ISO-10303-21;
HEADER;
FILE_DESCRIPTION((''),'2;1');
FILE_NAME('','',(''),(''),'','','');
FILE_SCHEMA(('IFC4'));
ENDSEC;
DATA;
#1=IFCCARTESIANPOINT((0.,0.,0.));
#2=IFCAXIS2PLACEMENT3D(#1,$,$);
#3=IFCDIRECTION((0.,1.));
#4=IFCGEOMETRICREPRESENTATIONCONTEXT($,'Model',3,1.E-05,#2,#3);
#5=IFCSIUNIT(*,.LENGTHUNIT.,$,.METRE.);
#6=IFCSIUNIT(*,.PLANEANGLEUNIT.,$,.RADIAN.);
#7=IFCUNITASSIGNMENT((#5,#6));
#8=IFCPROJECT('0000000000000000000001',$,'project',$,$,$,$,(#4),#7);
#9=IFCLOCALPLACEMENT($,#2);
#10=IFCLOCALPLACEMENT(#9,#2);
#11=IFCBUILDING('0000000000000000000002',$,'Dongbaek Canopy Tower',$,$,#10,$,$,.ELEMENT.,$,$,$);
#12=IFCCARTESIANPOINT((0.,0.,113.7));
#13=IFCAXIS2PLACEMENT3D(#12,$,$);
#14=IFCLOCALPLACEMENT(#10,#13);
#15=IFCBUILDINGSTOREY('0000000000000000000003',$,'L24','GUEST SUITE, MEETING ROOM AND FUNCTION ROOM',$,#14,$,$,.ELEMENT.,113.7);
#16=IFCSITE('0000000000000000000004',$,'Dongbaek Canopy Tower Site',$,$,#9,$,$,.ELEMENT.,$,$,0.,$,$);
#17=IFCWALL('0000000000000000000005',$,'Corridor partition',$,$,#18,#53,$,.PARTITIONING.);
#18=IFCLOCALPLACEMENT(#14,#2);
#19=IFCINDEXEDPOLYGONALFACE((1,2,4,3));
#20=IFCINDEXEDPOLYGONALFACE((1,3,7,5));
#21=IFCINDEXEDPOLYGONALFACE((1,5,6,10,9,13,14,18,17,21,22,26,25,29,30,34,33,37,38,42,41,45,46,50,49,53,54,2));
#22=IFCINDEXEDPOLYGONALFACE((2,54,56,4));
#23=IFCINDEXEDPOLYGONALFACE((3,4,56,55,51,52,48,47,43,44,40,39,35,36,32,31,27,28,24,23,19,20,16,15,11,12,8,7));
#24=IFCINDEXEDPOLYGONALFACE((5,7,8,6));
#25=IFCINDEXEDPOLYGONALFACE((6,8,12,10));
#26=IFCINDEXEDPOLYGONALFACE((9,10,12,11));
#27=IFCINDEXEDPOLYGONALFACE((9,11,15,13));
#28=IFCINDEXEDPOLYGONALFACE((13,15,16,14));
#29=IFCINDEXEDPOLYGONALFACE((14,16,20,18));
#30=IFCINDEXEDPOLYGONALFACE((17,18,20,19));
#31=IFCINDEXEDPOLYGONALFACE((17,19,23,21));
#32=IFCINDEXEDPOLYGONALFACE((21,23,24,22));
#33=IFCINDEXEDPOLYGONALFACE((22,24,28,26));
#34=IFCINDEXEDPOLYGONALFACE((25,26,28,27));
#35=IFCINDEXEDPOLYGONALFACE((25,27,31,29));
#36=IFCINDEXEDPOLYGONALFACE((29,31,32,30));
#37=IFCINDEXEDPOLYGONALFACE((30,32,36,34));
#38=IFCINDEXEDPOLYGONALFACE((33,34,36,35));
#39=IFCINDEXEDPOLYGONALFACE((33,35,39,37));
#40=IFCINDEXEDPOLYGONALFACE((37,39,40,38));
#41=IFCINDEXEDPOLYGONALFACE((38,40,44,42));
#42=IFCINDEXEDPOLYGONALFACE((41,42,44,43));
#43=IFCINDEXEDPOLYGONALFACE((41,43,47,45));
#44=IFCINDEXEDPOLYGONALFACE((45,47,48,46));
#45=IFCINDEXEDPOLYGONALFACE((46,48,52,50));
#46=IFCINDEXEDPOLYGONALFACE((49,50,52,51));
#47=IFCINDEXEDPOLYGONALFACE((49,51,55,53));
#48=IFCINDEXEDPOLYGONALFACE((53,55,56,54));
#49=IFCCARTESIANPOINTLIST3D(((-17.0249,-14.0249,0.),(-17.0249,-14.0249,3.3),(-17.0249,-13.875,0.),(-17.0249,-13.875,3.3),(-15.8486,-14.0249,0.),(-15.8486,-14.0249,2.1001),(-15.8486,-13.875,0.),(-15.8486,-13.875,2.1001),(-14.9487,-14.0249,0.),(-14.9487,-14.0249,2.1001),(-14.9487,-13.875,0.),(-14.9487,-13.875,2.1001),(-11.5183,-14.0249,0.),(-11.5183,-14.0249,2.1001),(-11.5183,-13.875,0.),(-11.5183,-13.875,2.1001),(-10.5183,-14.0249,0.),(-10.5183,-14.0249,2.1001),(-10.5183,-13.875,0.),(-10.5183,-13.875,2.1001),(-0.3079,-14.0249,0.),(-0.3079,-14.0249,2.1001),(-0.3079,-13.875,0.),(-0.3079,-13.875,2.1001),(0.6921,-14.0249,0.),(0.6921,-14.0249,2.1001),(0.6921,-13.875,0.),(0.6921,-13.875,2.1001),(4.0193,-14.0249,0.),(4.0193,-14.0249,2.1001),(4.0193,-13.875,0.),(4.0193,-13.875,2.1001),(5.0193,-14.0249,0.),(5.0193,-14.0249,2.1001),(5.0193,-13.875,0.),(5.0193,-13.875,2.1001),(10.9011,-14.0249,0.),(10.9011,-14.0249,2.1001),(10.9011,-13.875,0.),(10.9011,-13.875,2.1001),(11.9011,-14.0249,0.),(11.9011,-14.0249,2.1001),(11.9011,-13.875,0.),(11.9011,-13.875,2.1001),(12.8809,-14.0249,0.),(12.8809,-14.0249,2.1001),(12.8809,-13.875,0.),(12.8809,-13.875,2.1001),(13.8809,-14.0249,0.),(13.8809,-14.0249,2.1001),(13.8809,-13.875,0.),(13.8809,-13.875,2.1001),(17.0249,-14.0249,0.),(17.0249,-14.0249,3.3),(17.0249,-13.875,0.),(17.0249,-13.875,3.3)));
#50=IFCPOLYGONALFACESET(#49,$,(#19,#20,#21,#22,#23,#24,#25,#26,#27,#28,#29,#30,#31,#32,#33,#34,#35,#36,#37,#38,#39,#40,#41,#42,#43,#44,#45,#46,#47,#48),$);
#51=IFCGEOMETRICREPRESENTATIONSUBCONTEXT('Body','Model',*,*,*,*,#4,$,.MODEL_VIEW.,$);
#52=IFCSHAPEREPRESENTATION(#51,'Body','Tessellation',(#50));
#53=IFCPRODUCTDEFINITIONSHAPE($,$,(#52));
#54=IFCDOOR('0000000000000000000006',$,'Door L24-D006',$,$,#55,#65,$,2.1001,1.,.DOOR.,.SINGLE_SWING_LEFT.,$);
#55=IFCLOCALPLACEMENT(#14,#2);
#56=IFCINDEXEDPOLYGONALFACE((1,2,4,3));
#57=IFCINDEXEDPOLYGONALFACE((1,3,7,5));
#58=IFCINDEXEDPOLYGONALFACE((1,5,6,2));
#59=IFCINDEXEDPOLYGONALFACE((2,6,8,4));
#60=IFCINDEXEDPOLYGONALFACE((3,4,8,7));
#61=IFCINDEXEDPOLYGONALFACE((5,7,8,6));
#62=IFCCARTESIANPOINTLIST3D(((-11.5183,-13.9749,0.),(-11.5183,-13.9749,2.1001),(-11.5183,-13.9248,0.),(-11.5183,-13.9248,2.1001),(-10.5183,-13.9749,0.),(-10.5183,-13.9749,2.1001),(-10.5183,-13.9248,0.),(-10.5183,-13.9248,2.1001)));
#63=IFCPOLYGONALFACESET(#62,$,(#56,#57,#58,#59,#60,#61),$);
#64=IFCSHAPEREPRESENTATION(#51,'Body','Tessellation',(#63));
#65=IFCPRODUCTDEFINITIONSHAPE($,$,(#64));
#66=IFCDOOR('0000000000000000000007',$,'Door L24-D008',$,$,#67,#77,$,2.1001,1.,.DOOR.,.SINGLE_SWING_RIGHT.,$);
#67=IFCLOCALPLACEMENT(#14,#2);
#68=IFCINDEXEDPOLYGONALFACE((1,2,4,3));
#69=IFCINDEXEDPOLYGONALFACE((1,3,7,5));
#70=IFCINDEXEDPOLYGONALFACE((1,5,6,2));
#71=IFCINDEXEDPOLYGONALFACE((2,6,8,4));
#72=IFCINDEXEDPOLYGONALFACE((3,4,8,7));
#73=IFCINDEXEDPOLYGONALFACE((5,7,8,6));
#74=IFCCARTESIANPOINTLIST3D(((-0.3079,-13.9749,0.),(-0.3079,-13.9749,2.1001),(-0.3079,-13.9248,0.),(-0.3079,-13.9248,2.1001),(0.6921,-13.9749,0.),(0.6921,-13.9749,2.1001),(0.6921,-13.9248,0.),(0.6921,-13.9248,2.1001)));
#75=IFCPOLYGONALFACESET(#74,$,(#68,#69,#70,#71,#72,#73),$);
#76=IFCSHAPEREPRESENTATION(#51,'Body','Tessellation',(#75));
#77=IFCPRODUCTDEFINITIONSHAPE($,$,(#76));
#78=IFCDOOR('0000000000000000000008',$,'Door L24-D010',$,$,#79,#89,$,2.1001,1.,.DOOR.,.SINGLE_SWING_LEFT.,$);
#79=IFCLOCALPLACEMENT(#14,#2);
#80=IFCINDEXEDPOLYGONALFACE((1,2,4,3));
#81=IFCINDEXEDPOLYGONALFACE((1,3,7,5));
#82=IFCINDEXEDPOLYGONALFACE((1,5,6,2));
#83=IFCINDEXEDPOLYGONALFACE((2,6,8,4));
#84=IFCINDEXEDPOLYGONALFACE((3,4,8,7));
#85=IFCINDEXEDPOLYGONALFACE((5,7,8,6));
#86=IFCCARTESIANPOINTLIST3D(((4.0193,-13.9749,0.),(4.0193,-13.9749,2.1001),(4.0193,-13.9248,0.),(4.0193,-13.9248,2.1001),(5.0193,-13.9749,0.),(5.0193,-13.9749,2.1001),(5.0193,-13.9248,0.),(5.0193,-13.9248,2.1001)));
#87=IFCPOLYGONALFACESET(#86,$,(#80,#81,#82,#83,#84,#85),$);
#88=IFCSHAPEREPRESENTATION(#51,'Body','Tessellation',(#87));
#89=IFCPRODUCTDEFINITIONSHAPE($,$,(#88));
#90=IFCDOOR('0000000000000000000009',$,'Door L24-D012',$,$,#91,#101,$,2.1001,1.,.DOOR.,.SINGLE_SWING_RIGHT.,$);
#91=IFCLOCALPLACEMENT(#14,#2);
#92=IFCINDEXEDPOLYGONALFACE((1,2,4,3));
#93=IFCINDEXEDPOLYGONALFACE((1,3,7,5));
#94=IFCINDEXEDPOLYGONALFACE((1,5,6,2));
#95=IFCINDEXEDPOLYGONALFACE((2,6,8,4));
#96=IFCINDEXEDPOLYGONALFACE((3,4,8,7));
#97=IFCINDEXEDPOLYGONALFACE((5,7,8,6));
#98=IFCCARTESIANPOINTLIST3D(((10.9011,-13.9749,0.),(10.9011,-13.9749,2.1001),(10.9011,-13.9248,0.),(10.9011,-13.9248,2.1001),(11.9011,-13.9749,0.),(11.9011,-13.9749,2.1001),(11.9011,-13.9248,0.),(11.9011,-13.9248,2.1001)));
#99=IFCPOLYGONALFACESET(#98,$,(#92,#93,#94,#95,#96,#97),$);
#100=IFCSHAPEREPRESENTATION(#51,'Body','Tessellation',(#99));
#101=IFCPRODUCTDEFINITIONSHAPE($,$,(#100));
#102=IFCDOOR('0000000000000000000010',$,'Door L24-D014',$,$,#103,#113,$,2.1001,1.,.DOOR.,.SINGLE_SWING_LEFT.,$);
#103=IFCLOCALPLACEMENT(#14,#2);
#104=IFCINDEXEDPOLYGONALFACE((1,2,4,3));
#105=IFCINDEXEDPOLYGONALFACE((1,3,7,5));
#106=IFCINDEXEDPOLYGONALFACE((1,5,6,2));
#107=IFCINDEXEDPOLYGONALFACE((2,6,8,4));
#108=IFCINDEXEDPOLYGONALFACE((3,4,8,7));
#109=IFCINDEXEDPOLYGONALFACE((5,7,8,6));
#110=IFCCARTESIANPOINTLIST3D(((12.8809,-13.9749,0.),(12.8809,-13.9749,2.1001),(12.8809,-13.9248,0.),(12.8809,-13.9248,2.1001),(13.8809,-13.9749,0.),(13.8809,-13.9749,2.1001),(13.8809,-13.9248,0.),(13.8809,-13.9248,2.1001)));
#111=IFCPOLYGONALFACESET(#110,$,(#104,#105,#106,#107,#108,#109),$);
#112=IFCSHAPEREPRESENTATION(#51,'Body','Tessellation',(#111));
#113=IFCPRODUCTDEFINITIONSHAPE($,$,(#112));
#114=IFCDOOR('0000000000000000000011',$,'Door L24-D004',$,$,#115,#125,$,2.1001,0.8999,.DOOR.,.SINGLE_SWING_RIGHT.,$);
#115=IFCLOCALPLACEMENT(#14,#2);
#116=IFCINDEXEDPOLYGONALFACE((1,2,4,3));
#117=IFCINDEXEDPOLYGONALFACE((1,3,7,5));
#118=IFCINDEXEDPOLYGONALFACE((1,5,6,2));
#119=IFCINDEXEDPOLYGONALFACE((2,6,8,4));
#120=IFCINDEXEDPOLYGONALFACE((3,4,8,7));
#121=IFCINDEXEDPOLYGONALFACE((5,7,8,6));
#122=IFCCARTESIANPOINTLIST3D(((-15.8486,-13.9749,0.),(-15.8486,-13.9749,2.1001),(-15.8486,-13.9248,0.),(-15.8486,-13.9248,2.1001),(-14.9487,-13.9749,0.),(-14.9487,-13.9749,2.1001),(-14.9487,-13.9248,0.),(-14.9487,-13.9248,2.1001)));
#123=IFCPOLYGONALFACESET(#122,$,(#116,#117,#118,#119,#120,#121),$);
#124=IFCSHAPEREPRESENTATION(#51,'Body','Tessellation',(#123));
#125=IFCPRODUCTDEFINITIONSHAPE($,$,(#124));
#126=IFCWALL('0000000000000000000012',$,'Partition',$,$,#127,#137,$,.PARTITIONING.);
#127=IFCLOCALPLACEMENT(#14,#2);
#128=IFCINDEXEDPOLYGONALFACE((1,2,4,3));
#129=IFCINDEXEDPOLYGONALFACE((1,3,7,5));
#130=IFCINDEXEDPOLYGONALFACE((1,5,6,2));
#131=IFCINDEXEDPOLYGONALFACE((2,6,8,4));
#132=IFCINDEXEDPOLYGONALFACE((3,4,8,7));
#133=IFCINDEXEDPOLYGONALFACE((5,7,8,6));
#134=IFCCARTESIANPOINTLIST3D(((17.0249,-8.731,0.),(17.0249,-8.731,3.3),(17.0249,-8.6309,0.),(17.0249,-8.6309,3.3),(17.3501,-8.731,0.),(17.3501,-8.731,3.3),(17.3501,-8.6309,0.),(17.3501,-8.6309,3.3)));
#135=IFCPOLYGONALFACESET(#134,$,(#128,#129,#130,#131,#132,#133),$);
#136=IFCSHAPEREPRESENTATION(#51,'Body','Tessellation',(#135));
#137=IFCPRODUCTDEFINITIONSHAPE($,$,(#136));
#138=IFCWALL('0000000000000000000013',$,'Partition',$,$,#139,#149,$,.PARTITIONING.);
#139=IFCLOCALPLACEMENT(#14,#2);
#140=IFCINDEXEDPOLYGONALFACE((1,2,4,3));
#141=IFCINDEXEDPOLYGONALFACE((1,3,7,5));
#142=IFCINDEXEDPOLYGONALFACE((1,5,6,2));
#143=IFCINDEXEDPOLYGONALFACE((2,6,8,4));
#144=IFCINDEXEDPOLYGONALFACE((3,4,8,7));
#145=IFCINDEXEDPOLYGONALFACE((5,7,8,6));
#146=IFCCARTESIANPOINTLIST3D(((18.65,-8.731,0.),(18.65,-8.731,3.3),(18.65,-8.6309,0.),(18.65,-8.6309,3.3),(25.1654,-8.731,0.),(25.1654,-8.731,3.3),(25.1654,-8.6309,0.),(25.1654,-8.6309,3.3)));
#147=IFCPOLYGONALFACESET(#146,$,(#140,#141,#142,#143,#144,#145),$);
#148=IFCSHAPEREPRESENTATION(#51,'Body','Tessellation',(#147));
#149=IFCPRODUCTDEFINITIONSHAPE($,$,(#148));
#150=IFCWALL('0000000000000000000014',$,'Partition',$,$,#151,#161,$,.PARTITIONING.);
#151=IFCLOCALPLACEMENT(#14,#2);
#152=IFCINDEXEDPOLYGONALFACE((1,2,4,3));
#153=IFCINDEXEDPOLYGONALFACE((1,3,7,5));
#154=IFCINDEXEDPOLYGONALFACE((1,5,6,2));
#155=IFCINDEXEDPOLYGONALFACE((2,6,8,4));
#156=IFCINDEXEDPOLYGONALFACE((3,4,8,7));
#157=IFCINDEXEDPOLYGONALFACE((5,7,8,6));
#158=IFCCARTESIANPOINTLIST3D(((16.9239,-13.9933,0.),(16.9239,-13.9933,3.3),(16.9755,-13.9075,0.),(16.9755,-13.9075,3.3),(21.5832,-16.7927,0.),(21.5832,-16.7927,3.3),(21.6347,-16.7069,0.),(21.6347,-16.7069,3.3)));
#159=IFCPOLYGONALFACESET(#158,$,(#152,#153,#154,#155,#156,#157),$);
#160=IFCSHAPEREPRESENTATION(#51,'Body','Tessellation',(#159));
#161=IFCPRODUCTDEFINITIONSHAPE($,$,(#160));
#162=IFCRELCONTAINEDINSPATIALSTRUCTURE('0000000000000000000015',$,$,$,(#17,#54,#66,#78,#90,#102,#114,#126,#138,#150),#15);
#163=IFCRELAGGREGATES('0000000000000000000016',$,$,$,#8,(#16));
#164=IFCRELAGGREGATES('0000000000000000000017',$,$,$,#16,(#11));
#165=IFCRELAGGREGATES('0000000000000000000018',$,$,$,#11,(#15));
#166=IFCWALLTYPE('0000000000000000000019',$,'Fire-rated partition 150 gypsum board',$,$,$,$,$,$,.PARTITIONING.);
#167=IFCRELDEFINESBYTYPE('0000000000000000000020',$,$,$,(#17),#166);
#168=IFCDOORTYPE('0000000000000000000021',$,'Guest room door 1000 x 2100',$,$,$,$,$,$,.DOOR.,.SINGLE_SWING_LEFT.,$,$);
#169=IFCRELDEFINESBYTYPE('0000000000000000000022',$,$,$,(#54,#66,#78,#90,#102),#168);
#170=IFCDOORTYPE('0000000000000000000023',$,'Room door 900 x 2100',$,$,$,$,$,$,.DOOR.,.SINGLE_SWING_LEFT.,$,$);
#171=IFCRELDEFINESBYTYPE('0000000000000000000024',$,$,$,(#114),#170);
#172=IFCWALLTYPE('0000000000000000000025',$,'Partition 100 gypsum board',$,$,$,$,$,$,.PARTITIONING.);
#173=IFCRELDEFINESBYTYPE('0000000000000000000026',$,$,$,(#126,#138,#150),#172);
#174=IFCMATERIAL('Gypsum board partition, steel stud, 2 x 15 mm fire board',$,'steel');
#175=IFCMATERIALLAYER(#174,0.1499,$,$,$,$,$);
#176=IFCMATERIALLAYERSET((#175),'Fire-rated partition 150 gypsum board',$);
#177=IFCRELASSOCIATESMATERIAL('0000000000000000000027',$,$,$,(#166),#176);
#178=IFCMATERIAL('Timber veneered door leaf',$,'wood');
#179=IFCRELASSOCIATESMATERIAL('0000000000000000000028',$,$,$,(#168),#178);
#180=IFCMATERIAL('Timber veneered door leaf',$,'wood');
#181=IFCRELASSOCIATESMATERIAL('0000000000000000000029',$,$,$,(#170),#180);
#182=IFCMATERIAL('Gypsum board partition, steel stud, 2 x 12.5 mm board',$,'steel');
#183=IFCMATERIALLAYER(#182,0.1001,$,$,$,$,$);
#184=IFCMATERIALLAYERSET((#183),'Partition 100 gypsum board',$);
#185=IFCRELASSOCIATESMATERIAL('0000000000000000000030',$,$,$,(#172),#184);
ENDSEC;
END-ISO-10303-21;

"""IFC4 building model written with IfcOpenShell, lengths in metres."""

from ifc_helpers import new_model, si_unit, direction, frame, frame_2d, origin, place, context, subcontext, project, spatial, rectangle, extrude, material, layer, layer_set, type_object, element, fill, save


model = new_model("IFC4")

# Units and contexts
model_context = context("Model", 3, precision=1e-05, world=origin(), true_north=direction((0.0, 1.0)))
body_context = subcontext(model_context, "Body", "Model", "MODEL_VIEW")
ifc_project = project(units=[si_unit("LENGTHUNIT", "METRE"), si_unit("PLANEANGLEUNIT", "RADIAN")], contexts=[model_context])

# Site, building, storey
site_placement = place(None, origin())
site = spatial("IfcSite", under=ifc_project, at=site_placement, Name="Dongbaek Canopy Tower Site", CompositionType="ELEMENT", RefElevation=0.0)
building_placement = place(site_placement, origin())
building = spatial("IfcBuilding", under=site, at=building_placement, Name="Dongbaek Canopy Tower", CompositionType="ELEMENT")
storey_placement = place(building_placement, frame((0.0, 0.0, 113.7)))
storey = spatial("IfcBuildingStorey", under=building, at=storey_placement, Name="L24", Description="GUEST SUITE, MEETING ROOM AND FUNCTION ROOM", CompositionType="ELEMENT", Elevation=113.7)

# Wall, openings, doors
ifc_material_1 = material(Name="Gypsum board partition, steel stud, 2 x 15 mm fire board", Category="steel")
ifc_layer_1 = layer(ifc_material_1, 0.1499)
ifc_layer_set_1 = layer_set([ifc_layer_1], Name="Fire-rated partition 150 gypsum board")
wall_type_1 = type_object("IfcWallType", Name="Fire-rated partition 150 gypsum board", PredefinedType="PARTITIONING", material=ifc_layer_set_1)
wall_1_placement = place(storey_placement, frame((17.0249, -13.95, 0.0), z_axis=(0.0, 0.0, 1.0), x_axis=(-1.0, 0.0, 0.0)))
wall_1 = element("IfcWall", 1, at=wall_1_placement, inside=storey, type_object=wall_type_1, Name="Corridor partition", PredefinedType="PARTITIONING", context=body_context, shape_type="SweptSolid", body=[
    extrude(rectangle(XDim=34.0498, YDim=0.1499, at=frame_2d((17.0249, 0.0))), origin(), (0.0, 0.0, 1.0), 3.3),
])
opening_1_placement = place(wall_1_placement, frame((31.9736, 0.0, 0.0)))
opening_1 = element("IfcOpeningElement", 2, at=opening_1_placement, cuts=wall_1, PredefinedType="OPENING", context=body_context, shape_type="SweptSolid", body=[
    extrude(rectangle(XDim=0.8999, YDim=2.1001, at=frame_2d((0.45, 1.05))), frame((0.0, 0.085, 0.0), z_axis=(0.0, -1.0, 0.0), x_axis=(1.0, 0.0, 0.0)), (0.0, 0.0, 1.0), 0.1699),
])
opening_2_placement = place(wall_1_placement, frame((27.5432, 0.0, 0.0)))
opening_2 = element("IfcOpeningElement", 3, at=opening_2_placement, cuts=wall_1, PredefinedType="OPENING", context=body_context, shape_type="SweptSolid", body=[
    extrude(rectangle(XDim=1.0, YDim=2.1001, at=frame_2d((0.5, 1.05))), frame((0.0, 0.085, 0.0), z_axis=(0.0, -1.0, 0.0), x_axis=(1.0, 0.0, 0.0)), (0.0, 0.0, 1.0), 0.1699),
])
opening_3_placement = place(wall_1_placement, frame((16.3328, 0.0, 0.0)))
opening_3 = element("IfcOpeningElement", 4, at=opening_3_placement, cuts=wall_1, PredefinedType="OPENING", context=body_context, shape_type="SweptSolid", body=[
    extrude(rectangle(XDim=1.0, YDim=2.1001, at=frame_2d((0.5, 1.05))), frame((0.0, 0.085, 0.0), z_axis=(0.0, -1.0, 0.0), x_axis=(1.0, 0.0, 0.0)), (0.0, 0.0, 1.0), 0.1699),
])
opening_4_placement = place(wall_1_placement, frame((12.0056, 0.0, 0.0)))
opening_4 = element("IfcOpeningElement", 5, at=opening_4_placement, cuts=wall_1, PredefinedType="OPENING", context=body_context, shape_type="SweptSolid", body=[
    extrude(rectangle(XDim=1.0, YDim=2.1001, at=frame_2d((0.5, 1.05))), frame((0.0, 0.085, 0.0), z_axis=(0.0, -1.0, 0.0), x_axis=(1.0, 0.0, 0.0)), (0.0, 0.0, 1.0), 0.1699),
])
opening_5_placement = place(wall_1_placement, frame((5.1238, 0.0, 0.0)))
opening_5 = element("IfcOpeningElement", 6, at=opening_5_placement, cuts=wall_1, PredefinedType="OPENING", context=body_context, shape_type="SweptSolid", body=[
    extrude(rectangle(XDim=1.0, YDim=2.1001, at=frame_2d((0.5, 1.05))), frame((0.0, 0.085, 0.0), z_axis=(0.0, -1.0, 0.0), x_axis=(1.0, 0.0, 0.0)), (0.0, 0.0, 1.0), 0.1699),
])
opening_6_placement = place(wall_1_placement, frame((3.144, 0.0, 0.0)))
opening_6 = element("IfcOpeningElement", 7, at=opening_6_placement, cuts=wall_1, PredefinedType="OPENING", context=body_context, shape_type="SweptSolid", body=[
    extrude(rectangle(XDim=1.0, YDim=2.1001, at=frame_2d((0.5, 1.05))), frame((0.0, 0.085, 0.0), z_axis=(0.0, -1.0, 0.0), x_axis=(1.0, 0.0, 0.0)), (0.0, 0.0, 1.0), 0.1699),
])
ifc_material_2 = material(Name="Timber veneered door leaf", Category="wood")
door_type_1 = type_object("IfcDoorType", Name="Guest room door 1000 x 2100", OperationType="SINGLE_SWING_LEFT", PredefinedType="DOOR", material=ifc_material_2)
door_1_placement = place(opening_2_placement, origin())
door_1 = element("IfcDoor", 8, at=door_1_placement, inside=storey, type_object=door_type_1, Name="Door L24-D006", OperationType="SINGLE_SWING_LEFT", OverallHeight=2.1001, OverallWidth=1.0, PredefinedType="DOOR", context=body_context, shape_type="SweptSolid", body=[
    extrude(rectangle(XDim=1.0, YDim=2.1001, at=frame_2d((0.5, 1.05))), frame((0.0, 0.0249, 0.0), z_axis=(0.0, -1.0, 0.0), x_axis=(1.0, 0.0, 0.0)), (0.0, 0.0, 1.0), 0.05),
])
fill(opening_2, door_1)
door_2_placement = place(opening_3_placement, origin())
door_2 = element("IfcDoor", 9, at=door_2_placement, inside=storey, type_object=door_type_1, Name="Door L24-D008", OperationType="SINGLE_SWING_RIGHT", OverallHeight=2.1001, OverallWidth=1.0, PredefinedType="DOOR", context=body_context, shape_type="SweptSolid", body=[
    extrude(rectangle(XDim=1.0, YDim=2.1001, at=frame_2d((0.5, 1.05))), frame((0.0, 0.0249, 0.0), z_axis=(0.0, -1.0, 0.0), x_axis=(1.0, 0.0, 0.0)), (0.0, 0.0, 1.0), 0.05),
])
fill(opening_3, door_2)
door_3_placement = place(opening_4_placement, origin())
door_3 = element("IfcDoor", 10, at=door_3_placement, inside=storey, type_object=door_type_1, Name="Door L24-D010", OperationType="SINGLE_SWING_LEFT", OverallHeight=2.1001, OverallWidth=1.0, PredefinedType="DOOR", context=body_context, shape_type="SweptSolid", body=[
    extrude(rectangle(XDim=1.0, YDim=2.1001, at=frame_2d((0.5, 1.05))), frame((0.0, 0.0249, 0.0), z_axis=(0.0, -1.0, 0.0), x_axis=(1.0, 0.0, 0.0)), (0.0, 0.0, 1.0), 0.05),
])
fill(opening_4, door_3)
door_4_placement = place(opening_5_placement, origin())
door_4 = element("IfcDoor", 11, at=door_4_placement, inside=storey, type_object=door_type_1, Name="Door L24-D012", OperationType="SINGLE_SWING_RIGHT", OverallHeight=2.1001, OverallWidth=1.0, PredefinedType="DOOR", context=body_context, shape_type="SweptSolid", body=[
    extrude(rectangle(XDim=1.0, YDim=2.1001, at=frame_2d((0.5, 1.05))), frame((0.0, 0.0249, 0.0), z_axis=(0.0, -1.0, 0.0), x_axis=(1.0, 0.0, 0.0)), (0.0, 0.0, 1.0), 0.05),
])
fill(opening_5, door_4)
door_5_placement = place(opening_6_placement, origin())
door_5 = element("IfcDoor", 12, at=door_5_placement, inside=storey, type_object=door_type_1, Name="Door L24-D014", OperationType="SINGLE_SWING_LEFT", OverallHeight=2.1001, OverallWidth=1.0, PredefinedType="DOOR", context=body_context, shape_type="SweptSolid", body=[
    extrude(rectangle(XDim=1.0, YDim=2.1001, at=frame_2d((0.5, 1.05))), frame((0.0, 0.0249, 0.0), z_axis=(0.0, -1.0, 0.0), x_axis=(1.0, 0.0, 0.0)), (0.0, 0.0, 1.0), 0.05),
])
fill(opening_6, door_5)
ifc_material_3 = material(Name="Timber veneered door leaf", Category="wood")
door_type_2 = type_object("IfcDoorType", Name="Room door 900 x 2100", OperationType="SINGLE_SWING_LEFT", PredefinedType="DOOR", material=ifc_material_3)
door_6_placement = place(opening_1_placement, origin())
door_6 = element("IfcDoor", 13, at=door_6_placement, inside=storey, type_object=door_type_2, Name="Door L24-D004", OperationType="SINGLE_SWING_RIGHT", OverallHeight=2.1001, OverallWidth=0.8999, PredefinedType="DOOR", context=body_context, shape_type="SweptSolid", body=[
    extrude(rectangle(XDim=0.8999, YDim=2.1001, at=frame_2d((0.45, 1.05))), frame((0.0, 0.0249, 0.0), z_axis=(0.0, -1.0, 0.0), x_axis=(1.0, 0.0, 0.0)), (0.0, 0.0, 1.0), 0.05),
])
fill(opening_1, door_6)

# Walls
ifc_material_4 = material(Name="Gypsum board partition, steel stud, 2 x 12.5 mm board", Category="steel")
ifc_layer_2 = layer(ifc_material_4, 0.1001)
ifc_layer_set_2 = layer_set([ifc_layer_2], Name="Partition 100 gypsum board")
wall_type_2 = type_object("IfcWallType", Name="Partition 100 gypsum board", PredefinedType="PARTITIONING", material=ifc_layer_set_2)
wall_2_placement = place(storey_placement, frame((17.0249, -8.6809, 0.0), z_axis=(0.0, 0.0, 1.0), x_axis=(1.0, 0.0, 0.0)))
element("IfcWall", 14, at=wall_2_placement, inside=storey, type_object=wall_type_2, Name="Partition", PredefinedType="PARTITIONING", context=body_context, shape_type="SweptSolid", body=[
    extrude(rectangle(XDim=0.3252, YDim=0.1001, at=frame_2d((0.1626, 0.0))), origin(), (0.0, 0.0, 1.0), 3.3),
])
wall_3_placement = place(storey_placement, frame((18.6499, -8.6809, 0.0), z_axis=(0.0, 0.0, 1.0), x_axis=(1.0, 0.0, 0.0)))
element("IfcWall", 15, at=wall_3_placement, inside=storey, type_object=wall_type_2, Name="Partition", PredefinedType="PARTITIONING", context=body_context, shape_type="SweptSolid", body=[
    extrude(rectangle(XDim=6.5154, YDim=0.1001, at=frame_2d((3.2578, 0.0))), origin(), (0.0, 0.0, 1.0), 3.3),
])
wall_4_placement = place(storey_placement, frame((16.9497, -13.9504, 0.0), z_axis=(0.0, 0.0, 1.0), x_axis=(0.857184, -0.515011, 0.0)))
element("IfcWall", 16, at=wall_4_placement, inside=storey, type_object=wall_type_2, Name="Partition", PredefinedType="PARTITIONING", context=body_context, shape_type="SweptSolid", body=[
    extrude(rectangle(XDim=5.4355, YDim=0.1001, at=frame_2d((2.7178, 0.0))), origin(), (0.0, 0.0, 1.0), 3.3),
])

save(model, "model.ifc")
